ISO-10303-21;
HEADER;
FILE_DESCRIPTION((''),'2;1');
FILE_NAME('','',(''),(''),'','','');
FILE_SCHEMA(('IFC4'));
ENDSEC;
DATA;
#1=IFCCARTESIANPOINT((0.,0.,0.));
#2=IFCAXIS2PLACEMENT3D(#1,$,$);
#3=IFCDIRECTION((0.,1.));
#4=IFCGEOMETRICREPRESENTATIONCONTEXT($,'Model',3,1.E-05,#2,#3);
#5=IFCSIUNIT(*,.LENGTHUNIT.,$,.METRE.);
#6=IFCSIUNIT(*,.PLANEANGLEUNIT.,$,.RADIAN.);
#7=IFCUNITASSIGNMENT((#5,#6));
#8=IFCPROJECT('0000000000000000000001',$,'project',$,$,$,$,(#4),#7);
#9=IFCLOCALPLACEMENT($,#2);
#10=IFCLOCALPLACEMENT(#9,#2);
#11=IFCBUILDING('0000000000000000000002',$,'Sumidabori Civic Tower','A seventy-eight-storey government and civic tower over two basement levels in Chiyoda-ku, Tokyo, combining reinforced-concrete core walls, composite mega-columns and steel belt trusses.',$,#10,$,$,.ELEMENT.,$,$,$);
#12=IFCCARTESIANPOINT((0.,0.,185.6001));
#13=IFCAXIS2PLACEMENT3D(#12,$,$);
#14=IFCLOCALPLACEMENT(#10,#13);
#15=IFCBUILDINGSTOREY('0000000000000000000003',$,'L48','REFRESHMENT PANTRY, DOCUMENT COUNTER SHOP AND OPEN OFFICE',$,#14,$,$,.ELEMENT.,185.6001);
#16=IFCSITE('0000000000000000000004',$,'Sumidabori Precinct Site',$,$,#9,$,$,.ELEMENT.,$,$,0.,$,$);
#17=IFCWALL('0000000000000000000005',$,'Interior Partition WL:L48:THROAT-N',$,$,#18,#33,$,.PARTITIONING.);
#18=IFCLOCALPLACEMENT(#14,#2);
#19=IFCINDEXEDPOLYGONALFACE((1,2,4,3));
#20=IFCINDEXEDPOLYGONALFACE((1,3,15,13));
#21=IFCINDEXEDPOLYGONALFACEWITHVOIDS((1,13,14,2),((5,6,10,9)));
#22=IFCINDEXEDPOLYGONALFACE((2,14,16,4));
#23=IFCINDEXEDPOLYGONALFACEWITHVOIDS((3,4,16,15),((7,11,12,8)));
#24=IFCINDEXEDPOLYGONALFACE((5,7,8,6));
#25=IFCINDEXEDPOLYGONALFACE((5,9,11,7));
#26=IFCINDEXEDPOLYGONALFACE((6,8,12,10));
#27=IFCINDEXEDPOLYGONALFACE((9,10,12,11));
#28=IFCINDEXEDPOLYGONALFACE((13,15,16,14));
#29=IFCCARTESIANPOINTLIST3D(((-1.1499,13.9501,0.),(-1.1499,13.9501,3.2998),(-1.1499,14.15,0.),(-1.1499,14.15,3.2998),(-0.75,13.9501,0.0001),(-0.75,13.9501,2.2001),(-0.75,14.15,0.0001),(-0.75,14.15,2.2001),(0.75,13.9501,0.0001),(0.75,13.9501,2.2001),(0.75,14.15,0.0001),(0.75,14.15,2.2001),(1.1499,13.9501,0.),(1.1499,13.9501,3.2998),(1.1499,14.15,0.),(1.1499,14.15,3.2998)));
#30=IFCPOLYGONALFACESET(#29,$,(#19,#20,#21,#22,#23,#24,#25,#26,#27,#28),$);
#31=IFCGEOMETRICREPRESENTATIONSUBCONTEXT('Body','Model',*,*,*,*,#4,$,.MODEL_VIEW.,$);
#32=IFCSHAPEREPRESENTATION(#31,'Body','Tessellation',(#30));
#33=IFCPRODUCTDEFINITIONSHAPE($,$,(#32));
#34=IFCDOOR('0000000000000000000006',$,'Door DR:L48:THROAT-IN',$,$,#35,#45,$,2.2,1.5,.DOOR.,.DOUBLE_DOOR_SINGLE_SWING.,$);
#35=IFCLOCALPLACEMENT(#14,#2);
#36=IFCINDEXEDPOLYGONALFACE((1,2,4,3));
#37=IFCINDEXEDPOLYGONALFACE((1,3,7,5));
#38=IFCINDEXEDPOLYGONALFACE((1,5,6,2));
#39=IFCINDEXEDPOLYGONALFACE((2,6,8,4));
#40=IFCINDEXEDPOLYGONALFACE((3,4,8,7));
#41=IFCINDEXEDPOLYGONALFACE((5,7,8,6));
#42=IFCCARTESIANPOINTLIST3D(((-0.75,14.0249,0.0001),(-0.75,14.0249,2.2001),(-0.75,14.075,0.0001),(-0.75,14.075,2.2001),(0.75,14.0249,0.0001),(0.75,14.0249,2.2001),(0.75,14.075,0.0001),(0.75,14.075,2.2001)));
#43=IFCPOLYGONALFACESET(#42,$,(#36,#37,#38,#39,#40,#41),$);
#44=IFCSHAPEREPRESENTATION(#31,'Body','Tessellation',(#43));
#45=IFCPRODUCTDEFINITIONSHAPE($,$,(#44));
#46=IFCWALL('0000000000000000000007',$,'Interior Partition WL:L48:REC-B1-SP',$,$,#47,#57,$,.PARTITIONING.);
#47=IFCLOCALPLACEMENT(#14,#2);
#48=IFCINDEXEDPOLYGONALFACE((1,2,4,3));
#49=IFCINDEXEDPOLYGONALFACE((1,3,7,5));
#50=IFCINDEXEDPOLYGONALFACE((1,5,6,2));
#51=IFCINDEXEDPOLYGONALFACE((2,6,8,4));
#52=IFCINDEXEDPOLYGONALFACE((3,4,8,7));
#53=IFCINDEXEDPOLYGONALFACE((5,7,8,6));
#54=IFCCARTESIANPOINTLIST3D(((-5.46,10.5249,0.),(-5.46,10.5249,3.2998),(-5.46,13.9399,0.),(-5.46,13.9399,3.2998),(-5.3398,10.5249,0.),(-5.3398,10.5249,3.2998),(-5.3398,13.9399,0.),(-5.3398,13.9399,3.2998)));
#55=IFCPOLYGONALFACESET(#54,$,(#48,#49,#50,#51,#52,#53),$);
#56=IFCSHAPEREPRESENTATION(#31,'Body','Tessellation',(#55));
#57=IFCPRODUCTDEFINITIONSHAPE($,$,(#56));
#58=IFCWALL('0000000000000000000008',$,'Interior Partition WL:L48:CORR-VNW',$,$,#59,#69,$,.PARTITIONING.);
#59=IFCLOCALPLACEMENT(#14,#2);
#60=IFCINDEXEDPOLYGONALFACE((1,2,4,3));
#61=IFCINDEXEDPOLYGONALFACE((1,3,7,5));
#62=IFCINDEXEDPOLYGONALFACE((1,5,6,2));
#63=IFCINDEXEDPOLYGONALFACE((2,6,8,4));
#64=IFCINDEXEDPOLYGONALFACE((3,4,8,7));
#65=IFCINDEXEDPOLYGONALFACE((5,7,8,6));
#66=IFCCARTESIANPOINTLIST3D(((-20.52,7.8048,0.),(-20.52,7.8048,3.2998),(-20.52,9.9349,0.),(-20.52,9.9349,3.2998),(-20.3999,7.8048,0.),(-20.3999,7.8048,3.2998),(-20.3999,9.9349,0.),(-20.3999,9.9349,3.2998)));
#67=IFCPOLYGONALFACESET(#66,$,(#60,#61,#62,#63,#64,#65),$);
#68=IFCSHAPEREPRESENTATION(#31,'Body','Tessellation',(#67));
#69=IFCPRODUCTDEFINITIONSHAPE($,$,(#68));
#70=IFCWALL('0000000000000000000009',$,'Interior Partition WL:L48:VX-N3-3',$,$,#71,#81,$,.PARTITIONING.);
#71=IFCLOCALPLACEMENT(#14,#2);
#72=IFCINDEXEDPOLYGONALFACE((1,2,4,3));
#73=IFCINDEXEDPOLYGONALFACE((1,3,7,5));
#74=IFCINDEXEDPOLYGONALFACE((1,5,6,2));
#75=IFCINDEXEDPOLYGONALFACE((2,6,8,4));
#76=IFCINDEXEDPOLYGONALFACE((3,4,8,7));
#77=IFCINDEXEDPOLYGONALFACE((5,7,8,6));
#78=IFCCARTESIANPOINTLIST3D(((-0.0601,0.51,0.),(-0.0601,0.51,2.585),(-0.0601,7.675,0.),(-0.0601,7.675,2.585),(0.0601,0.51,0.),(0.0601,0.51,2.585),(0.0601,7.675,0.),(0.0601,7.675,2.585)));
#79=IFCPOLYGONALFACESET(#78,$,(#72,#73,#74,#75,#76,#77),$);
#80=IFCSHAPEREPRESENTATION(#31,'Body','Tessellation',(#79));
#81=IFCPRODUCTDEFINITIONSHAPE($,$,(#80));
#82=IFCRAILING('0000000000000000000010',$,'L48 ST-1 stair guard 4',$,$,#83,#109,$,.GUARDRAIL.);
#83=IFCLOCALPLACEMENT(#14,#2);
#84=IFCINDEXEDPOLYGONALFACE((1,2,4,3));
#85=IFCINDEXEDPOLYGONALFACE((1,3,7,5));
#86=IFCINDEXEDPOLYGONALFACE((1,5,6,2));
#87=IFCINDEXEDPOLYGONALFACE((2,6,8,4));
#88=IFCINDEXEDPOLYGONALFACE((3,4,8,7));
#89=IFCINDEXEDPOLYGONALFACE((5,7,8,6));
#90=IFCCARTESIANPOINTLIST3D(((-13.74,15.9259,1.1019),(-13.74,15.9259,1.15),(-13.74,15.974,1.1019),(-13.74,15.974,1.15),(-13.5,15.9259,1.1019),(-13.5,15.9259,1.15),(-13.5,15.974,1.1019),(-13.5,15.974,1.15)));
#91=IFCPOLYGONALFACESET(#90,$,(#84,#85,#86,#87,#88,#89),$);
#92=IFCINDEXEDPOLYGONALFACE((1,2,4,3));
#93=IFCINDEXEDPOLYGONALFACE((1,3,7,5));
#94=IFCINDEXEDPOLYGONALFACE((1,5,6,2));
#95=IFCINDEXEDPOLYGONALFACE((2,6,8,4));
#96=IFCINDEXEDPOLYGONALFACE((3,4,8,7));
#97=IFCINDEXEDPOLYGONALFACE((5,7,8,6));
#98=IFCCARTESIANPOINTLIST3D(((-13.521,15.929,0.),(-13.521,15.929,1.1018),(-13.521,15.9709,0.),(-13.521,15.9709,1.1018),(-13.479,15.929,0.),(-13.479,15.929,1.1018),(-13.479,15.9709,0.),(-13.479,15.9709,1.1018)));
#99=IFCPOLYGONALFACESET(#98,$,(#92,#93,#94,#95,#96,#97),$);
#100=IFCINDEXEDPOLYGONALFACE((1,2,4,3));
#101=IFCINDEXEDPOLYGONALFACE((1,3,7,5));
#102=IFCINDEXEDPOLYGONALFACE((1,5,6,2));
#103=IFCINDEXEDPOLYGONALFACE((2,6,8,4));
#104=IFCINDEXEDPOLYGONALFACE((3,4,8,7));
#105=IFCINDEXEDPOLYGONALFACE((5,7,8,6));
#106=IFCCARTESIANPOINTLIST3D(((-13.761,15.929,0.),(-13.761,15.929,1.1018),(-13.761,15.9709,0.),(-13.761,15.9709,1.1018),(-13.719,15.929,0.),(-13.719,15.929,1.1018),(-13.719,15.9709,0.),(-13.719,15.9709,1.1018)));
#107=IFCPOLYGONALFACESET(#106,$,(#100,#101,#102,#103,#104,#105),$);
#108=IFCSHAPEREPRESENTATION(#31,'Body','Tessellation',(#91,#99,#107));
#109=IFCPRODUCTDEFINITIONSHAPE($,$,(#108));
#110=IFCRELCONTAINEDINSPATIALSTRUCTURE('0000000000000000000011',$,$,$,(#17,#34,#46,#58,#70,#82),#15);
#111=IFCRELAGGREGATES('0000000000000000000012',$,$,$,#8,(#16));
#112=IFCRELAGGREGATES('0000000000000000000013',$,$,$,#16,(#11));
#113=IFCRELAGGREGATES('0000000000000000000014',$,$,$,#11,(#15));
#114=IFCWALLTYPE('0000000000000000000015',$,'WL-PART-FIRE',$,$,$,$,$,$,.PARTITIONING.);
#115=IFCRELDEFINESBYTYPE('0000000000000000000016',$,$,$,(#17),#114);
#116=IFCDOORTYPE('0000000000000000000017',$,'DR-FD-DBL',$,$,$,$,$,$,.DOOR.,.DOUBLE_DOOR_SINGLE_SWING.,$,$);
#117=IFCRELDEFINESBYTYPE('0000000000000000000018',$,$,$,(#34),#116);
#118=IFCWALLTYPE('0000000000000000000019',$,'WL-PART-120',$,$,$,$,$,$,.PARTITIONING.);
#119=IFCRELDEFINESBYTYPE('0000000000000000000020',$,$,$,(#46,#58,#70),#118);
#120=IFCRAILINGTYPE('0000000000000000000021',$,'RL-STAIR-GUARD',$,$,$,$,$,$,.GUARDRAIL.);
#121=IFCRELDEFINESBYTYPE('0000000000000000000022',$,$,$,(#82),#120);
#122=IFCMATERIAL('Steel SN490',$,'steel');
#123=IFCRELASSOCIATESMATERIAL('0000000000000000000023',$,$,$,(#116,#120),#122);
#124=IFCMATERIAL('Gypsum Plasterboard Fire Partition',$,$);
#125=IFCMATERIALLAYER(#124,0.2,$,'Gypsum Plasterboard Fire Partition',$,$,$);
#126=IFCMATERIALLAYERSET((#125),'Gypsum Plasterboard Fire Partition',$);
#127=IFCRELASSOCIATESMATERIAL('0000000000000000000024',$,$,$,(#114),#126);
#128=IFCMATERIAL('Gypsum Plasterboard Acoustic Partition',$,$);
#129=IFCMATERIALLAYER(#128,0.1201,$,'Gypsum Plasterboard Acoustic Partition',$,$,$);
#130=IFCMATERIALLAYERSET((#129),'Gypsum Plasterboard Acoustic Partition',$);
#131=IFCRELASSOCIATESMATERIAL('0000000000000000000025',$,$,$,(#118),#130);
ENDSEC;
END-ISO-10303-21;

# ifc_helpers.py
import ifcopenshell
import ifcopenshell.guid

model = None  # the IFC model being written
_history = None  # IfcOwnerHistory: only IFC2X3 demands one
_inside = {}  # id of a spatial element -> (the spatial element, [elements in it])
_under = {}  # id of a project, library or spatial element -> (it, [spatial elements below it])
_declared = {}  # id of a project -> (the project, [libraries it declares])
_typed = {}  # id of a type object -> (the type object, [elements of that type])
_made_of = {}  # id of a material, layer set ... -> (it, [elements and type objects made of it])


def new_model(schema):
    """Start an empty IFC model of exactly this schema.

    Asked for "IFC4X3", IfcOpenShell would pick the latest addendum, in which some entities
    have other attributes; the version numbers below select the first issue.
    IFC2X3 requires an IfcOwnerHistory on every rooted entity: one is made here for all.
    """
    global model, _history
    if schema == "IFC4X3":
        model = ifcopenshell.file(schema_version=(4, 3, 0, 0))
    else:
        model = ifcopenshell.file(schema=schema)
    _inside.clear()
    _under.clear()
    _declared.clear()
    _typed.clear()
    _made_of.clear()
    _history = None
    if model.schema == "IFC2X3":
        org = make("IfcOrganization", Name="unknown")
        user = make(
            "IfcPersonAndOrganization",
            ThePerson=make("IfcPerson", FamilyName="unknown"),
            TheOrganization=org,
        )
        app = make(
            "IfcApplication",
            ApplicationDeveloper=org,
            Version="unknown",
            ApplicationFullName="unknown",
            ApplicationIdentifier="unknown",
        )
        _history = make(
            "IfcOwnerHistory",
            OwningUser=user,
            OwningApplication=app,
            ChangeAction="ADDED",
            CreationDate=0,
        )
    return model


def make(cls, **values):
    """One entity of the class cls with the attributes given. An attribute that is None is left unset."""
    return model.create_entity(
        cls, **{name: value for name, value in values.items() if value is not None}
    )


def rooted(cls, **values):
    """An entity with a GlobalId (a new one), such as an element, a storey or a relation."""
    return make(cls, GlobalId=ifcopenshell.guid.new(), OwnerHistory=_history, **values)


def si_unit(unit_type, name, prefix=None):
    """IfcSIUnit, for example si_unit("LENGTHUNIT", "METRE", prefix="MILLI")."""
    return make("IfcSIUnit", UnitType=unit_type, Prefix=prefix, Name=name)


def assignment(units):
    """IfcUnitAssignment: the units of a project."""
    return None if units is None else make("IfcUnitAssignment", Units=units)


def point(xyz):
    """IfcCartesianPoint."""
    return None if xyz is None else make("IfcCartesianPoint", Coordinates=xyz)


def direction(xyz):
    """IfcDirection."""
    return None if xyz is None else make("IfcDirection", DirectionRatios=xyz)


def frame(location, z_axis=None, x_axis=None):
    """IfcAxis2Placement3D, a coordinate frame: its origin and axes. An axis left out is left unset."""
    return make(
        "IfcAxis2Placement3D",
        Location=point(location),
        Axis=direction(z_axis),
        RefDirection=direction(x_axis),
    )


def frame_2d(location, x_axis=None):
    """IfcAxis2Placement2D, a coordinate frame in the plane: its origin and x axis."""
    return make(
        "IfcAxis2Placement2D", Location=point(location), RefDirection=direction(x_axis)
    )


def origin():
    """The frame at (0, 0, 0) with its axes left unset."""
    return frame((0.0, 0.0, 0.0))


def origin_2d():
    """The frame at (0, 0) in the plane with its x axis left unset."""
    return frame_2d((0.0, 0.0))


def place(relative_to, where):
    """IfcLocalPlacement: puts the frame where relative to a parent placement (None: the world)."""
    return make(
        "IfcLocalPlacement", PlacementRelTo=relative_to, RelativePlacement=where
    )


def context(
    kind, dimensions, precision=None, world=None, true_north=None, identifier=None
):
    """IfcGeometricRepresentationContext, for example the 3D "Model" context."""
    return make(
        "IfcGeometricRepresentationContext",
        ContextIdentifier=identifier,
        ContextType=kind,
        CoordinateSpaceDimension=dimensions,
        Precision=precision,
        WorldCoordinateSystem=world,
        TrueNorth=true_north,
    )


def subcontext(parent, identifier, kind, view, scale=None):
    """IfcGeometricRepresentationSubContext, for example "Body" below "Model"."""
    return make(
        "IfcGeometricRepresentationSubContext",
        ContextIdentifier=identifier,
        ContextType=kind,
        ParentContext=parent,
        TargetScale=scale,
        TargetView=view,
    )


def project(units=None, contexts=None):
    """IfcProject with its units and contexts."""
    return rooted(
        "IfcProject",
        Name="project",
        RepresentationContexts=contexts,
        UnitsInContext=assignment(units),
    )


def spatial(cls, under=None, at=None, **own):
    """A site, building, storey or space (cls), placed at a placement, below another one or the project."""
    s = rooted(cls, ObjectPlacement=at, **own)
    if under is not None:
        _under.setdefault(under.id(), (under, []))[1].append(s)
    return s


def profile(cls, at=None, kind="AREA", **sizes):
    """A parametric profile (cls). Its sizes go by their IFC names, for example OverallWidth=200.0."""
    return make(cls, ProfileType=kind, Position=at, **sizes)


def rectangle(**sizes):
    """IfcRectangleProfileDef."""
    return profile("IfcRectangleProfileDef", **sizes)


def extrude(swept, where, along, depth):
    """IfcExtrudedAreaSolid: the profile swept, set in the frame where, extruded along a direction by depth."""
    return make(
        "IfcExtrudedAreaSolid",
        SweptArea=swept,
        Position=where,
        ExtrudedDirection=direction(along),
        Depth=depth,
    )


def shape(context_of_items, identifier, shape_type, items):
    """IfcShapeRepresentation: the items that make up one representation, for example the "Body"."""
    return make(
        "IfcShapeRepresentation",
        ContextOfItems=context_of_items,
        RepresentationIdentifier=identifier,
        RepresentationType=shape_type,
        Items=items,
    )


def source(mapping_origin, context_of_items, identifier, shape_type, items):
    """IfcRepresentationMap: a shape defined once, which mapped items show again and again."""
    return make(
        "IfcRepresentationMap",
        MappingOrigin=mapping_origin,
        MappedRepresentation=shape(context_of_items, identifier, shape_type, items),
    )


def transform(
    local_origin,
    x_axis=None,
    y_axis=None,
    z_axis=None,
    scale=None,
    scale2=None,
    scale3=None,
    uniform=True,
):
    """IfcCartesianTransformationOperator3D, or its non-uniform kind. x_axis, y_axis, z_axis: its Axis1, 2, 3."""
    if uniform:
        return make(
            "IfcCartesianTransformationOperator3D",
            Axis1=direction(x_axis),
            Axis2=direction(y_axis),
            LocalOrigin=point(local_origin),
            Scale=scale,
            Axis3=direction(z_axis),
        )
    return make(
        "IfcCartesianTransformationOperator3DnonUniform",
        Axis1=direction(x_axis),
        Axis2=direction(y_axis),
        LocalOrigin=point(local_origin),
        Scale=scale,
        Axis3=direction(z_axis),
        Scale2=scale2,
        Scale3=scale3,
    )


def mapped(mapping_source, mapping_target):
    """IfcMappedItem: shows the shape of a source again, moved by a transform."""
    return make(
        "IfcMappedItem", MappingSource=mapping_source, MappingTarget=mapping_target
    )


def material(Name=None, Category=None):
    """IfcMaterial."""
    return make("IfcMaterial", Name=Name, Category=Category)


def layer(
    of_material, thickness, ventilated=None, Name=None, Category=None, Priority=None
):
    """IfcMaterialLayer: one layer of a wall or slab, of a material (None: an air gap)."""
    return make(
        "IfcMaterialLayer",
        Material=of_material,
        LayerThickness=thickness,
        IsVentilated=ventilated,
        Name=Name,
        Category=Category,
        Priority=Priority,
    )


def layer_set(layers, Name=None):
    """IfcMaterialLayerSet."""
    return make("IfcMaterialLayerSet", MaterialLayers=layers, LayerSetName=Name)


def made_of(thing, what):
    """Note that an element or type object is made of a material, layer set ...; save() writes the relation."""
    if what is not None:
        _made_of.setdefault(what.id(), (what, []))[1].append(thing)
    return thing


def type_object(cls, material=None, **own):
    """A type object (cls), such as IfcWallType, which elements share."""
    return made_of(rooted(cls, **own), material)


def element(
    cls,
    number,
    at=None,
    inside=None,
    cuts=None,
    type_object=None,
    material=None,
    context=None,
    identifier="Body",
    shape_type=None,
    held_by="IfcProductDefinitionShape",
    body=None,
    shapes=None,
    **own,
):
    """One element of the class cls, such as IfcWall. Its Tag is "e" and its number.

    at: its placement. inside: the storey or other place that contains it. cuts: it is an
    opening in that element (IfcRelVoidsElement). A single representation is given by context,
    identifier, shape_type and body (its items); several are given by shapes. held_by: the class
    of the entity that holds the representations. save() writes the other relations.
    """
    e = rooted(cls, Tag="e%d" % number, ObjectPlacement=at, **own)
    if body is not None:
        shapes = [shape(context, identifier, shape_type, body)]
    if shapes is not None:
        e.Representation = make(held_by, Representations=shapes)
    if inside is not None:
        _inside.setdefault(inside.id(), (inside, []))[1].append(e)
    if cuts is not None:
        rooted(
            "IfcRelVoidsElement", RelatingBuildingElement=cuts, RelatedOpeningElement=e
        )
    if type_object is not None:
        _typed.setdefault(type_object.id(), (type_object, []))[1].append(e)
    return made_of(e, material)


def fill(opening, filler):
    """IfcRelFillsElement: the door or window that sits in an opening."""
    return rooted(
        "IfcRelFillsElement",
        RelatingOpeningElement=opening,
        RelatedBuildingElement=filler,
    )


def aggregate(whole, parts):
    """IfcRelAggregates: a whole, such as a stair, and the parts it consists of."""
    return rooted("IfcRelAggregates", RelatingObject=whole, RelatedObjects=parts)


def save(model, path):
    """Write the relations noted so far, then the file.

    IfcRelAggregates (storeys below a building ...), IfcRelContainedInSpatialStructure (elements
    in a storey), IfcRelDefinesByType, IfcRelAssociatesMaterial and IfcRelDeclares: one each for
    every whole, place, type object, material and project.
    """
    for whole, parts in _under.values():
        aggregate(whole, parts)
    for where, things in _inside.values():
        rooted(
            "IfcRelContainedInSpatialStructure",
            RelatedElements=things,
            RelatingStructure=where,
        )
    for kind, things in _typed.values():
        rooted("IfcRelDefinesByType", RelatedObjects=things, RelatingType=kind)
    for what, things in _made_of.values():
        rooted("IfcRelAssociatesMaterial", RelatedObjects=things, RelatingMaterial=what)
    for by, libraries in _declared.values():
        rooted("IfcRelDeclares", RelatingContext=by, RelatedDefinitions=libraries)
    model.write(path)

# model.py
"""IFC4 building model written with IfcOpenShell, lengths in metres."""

from ifc_helpers import new_model, si_unit, direction, frame, frame_2d, origin, origin_2d, place, context, subcontext, project, spatial, rectangle, extrude, source, transform, mapped, material, layer, layer_set, type_object, element, fill, save


model = new_model("IFC4")

# Units and contexts
model_context = context("Model", 3, precision=1e-05, world=origin(), true_north=direction((0.0, 1.0)))
body_context = subcontext(model_context, "Body", "Model", "MODEL_VIEW")
ifc_project = project(units=[si_unit("LENGTHUNIT", "METRE"), si_unit("PLANEANGLEUNIT", "RADIAN")], contexts=[model_context])

# Site, building, storey
site_placement = place(None, origin())
site = spatial("IfcSite", under=ifc_project, at=site_placement, Name="Sumidabori Precinct Site", CompositionType="ELEMENT", RefElevation=0.0)
building_placement = place(site_placement, origin())
building = spatial("IfcBuilding", under=site, at=building_placement, Name="Sumidabori Civic Tower", Description="A seventy-eight-storey government and civic tower over two basement levels in Chiyoda-ku, Tokyo, combining reinforced-concrete core walls, composite mega-columns and steel belt trusses.", CompositionType="ELEMENT")
storey_placement = place(building_placement, frame((0.0, 0.0, 185.6001)))
storey = spatial("IfcBuildingStorey", under=building, at=storey_placement, Name="L48", Description="REFRESHMENT PANTRY, DOCUMENT COUNTER SHOP AND OPEN OFFICE", CompositionType="ELEMENT", Elevation=185.6001)

# Shared definitions
ifc_material_1 = material(Name="Steel SN490", Category="steel")

# Shared definitions
door_type_1 = type_object("IfcDoorType", Name="DR-FD-DBL", OperationType="DOUBLE_DOOR_SINGLE_SWING", PredefinedType="DOOR", material=ifc_material_1)
shared_shape_1 = source(origin(), body_context, "Body", "SweptSolid", [
    extrude(rectangle(XDim=1.5, YDim=2.2, at=frame_2d((0.75, 1.1001))), frame((0.0, 0.0249, 0.0), z_axis=(0.0, -1.0, 0.0), x_axis=(1.0, 0.0, 0.0)), (0.0, 0.0, 1.0), 0.05),
])

# Shared definitions
ifc_material_2 = material(Name="Gypsum Plasterboard Fire Partition")
ifc_layer_1 = layer(ifc_material_2, 0.2, Name="Gypsum Plasterboard Fire Partition")
ifc_layer_set_1 = layer_set([ifc_layer_1], Name="Gypsum Plasterboard Fire Partition")
wall_type_1 = type_object("IfcWallType", Name="WL-PART-FIRE", PredefinedType="PARTITIONING", material=ifc_layer_set_1)

# Wall, opening, door
shared_shape_2 = source(origin(), body_context, "Body", "SweptSolid", [
    extrude(rectangle(XDim=2.2998, YDim=0.2, at=frame_2d((1.1499, 0.0))), origin(), (0.0, 0.0, 1.0), 3.2998),
])
wall_1_placement = place(storey_placement, frame((-1.1499, 14.05, 0.0), z_axis=(0.0, 0.0, 1.0), x_axis=(1.0, 0.0, 0.0)))
wall_1 = element("IfcWall", 1, at=wall_1_placement, inside=storey, type_object=wall_type_1, Name="Interior Partition WL:L48:THROAT-N", PredefinedType="PARTITIONING", context=body_context, shape_type="MappedRepresentation", body=[
    mapped(shared_shape_2, transform((0.0, 0.0, 0.0), x_axis=(1.0, 0.0, 0.0), y_axis=(0.0, 1.0, 0.0), z_axis=(0.0, 0.0, 1.0), scale=1.0)),
])
opening_1_placement = place(wall_1_placement, frame((0.3999, 0.0, 0.0)))
opening_1 = element("IfcOpeningElement", 2, at=opening_1_placement, cuts=wall_1, PredefinedType="OPENING", context=body_context, shape_type="SweptSolid", body=[
    extrude(rectangle(XDim=1.5, YDim=2.2, at=frame_2d((0.75, 1.1001))), frame((0.0, 0.1118, 0.0), z_axis=(0.0, -1.0, 0.0), x_axis=(1.0, 0.0, 0.0)), (0.0, 0.0, 1.0), 0.2239),
])
door_1_placement = place(opening_1_placement, origin())
door_1 = element("IfcDoor", 3, at=door_1_placement, inside=storey, type_object=door_type_1, Name="Door DR:L48:THROAT-IN", OperationType="DOUBLE_DOOR_SINGLE_SWING", OverallHeight=2.2, OverallWidth=1.5, PredefinedType="DOOR", context=body_context, shape_type="MappedRepresentation", body=[
    mapped(shared_shape_1, transform((0.0, 0.0, 0.0), x_axis=(1.0, 0.0, 0.0), y_axis=(0.0, 1.0, 0.0), z_axis=(0.0, 0.0, 1.0), scale=1.0)),
])
fill(opening_1, door_1)

# Walls
ifc_material_3 = material(Name="Gypsum Plasterboard Acoustic Partition")
ifc_layer_2 = layer(ifc_material_3, 0.1201, Name="Gypsum Plasterboard Acoustic Partition")
ifc_layer_set_2 = layer_set([ifc_layer_2], Name="Gypsum Plasterboard Acoustic Partition")
wall_type_2 = type_object("IfcWallType", Name="WL-PART-120", PredefinedType="PARTITIONING", material=ifc_layer_set_2)
shared_shape_3 = source(origin(), body_context, "Body", "SweptSolid", [
    extrude(rectangle(XDim=3.415, YDim=0.1201, at=frame_2d((1.7075, 0.0))), origin(), (0.0, 0.0, 1.0), 3.2998),
])
wall_2_placement = place(storey_placement, frame((-5.3999, 10.5249, 0.0), z_axis=(0.0, 0.0, 1.0), x_axis=(0.0, 1.0, 0.0)))
element("IfcWall", 4, at=wall_2_placement, inside=storey, type_object=wall_type_2, Name="Interior Partition WL:L48:REC-B1-SP", PredefinedType="PARTITIONING", context=body_context, shape_type="MappedRepresentation", body=[
    mapped(shared_shape_3, transform((0.0, 0.0, 0.0), x_axis=(1.0, 0.0, 0.0), y_axis=(0.0, 1.0, 0.0), z_axis=(0.0, 0.0, 1.0), scale=1.0)),
])
shared_shape_4 = source(origin(), body_context, "Body", "SweptSolid", [
    extrude(rectangle(XDim=2.1301, YDim=0.1201, at=frame_2d((1.0649, 0.0))), origin(), (0.0, 0.0, 1.0), 3.2998),
])
wall_3_placement = place(storey_placement, frame((-20.46, 7.8049, 0.0), z_axis=(0.0, 0.0, 1.0), x_axis=(0.0, 1.0, 0.0)))
element("IfcWall", 5, at=wall_3_placement, inside=storey, type_object=wall_type_2, Name="Interior Partition WL:L48:CORR-VNW", PredefinedType="PARTITIONING", context=body_context, shape_type="MappedRepresentation", body=[
    mapped(shared_shape_4, transform((0.0, 0.0, 0.0), x_axis=(1.0, 0.0, 0.0), y_axis=(0.0, 1.0, 0.0), z_axis=(0.0, 0.0, 1.0), scale=1.0)),
])
shared_shape_5 = source(origin(), body_context, "Body", "SweptSolid", [
    extrude(rectangle(XDim=7.165, YDim=0.1201, at=frame_2d((3.5825, 0.0))), origin(), (0.0, 0.0, 1.0), 2.585),
])
wall_4_placement = place(storey_placement, frame((0.0, 0.51, 0.0), z_axis=(0.0, 0.0, 1.0), x_axis=(0.0, 1.0, 0.0)))
element("IfcWall", 6, at=wall_4_placement, inside=storey, type_object=wall_type_2, Name="Interior Partition WL:L48:VX-N3-3", PredefinedType="PARTITIONING", context=body_context, shape_type="MappedRepresentation", body=[
    mapped(shared_shape_5, transform((0.0, 0.0, 0.0), x_axis=(1.0, 0.0, 0.0), y_axis=(0.0, 1.0, 0.0), z_axis=(0.0, 0.0, 1.0), scale=1.0)),
])

# Railing
railing_type = type_object("IfcRailingType", Name="RL-STAIR-GUARD", PredefinedType="GUARDRAIL", material=ifc_material_1)
railing_placement = place(storey_placement, frame((-13.5, 15.95, 0.0)))
element("IfcRailing", 7, at=railing_placement, inside=storey, type_object=railing_type, Name="L48 ST-1 stair guard 4", PredefinedType="GUARDRAIL", context=body_context, shape_type="SweptSolid", body=[
    extrude(rectangle(XDim=0.0481, YDim=0.0481, at=origin_2d()), frame((0.0, 0.0, 1.126), z_axis=(-1.0, 0.0, 0.0), x_axis=(0.0, -1.0, 0.0)), (0.0, 0.0, 1.0), 0.24),
    extrude(rectangle(XDim=0.042, YDim=0.042, at=origin_2d()), origin(), (0.0, 0.0, 1.0), 1.1018),
    extrude(rectangle(XDim=0.042, YDim=0.042, at=origin_2d()), frame((-0.24, 0.0, 0.0)), (0.0, 0.0, 1.0), 1.1018),
])

save(model, "model.ifc")
